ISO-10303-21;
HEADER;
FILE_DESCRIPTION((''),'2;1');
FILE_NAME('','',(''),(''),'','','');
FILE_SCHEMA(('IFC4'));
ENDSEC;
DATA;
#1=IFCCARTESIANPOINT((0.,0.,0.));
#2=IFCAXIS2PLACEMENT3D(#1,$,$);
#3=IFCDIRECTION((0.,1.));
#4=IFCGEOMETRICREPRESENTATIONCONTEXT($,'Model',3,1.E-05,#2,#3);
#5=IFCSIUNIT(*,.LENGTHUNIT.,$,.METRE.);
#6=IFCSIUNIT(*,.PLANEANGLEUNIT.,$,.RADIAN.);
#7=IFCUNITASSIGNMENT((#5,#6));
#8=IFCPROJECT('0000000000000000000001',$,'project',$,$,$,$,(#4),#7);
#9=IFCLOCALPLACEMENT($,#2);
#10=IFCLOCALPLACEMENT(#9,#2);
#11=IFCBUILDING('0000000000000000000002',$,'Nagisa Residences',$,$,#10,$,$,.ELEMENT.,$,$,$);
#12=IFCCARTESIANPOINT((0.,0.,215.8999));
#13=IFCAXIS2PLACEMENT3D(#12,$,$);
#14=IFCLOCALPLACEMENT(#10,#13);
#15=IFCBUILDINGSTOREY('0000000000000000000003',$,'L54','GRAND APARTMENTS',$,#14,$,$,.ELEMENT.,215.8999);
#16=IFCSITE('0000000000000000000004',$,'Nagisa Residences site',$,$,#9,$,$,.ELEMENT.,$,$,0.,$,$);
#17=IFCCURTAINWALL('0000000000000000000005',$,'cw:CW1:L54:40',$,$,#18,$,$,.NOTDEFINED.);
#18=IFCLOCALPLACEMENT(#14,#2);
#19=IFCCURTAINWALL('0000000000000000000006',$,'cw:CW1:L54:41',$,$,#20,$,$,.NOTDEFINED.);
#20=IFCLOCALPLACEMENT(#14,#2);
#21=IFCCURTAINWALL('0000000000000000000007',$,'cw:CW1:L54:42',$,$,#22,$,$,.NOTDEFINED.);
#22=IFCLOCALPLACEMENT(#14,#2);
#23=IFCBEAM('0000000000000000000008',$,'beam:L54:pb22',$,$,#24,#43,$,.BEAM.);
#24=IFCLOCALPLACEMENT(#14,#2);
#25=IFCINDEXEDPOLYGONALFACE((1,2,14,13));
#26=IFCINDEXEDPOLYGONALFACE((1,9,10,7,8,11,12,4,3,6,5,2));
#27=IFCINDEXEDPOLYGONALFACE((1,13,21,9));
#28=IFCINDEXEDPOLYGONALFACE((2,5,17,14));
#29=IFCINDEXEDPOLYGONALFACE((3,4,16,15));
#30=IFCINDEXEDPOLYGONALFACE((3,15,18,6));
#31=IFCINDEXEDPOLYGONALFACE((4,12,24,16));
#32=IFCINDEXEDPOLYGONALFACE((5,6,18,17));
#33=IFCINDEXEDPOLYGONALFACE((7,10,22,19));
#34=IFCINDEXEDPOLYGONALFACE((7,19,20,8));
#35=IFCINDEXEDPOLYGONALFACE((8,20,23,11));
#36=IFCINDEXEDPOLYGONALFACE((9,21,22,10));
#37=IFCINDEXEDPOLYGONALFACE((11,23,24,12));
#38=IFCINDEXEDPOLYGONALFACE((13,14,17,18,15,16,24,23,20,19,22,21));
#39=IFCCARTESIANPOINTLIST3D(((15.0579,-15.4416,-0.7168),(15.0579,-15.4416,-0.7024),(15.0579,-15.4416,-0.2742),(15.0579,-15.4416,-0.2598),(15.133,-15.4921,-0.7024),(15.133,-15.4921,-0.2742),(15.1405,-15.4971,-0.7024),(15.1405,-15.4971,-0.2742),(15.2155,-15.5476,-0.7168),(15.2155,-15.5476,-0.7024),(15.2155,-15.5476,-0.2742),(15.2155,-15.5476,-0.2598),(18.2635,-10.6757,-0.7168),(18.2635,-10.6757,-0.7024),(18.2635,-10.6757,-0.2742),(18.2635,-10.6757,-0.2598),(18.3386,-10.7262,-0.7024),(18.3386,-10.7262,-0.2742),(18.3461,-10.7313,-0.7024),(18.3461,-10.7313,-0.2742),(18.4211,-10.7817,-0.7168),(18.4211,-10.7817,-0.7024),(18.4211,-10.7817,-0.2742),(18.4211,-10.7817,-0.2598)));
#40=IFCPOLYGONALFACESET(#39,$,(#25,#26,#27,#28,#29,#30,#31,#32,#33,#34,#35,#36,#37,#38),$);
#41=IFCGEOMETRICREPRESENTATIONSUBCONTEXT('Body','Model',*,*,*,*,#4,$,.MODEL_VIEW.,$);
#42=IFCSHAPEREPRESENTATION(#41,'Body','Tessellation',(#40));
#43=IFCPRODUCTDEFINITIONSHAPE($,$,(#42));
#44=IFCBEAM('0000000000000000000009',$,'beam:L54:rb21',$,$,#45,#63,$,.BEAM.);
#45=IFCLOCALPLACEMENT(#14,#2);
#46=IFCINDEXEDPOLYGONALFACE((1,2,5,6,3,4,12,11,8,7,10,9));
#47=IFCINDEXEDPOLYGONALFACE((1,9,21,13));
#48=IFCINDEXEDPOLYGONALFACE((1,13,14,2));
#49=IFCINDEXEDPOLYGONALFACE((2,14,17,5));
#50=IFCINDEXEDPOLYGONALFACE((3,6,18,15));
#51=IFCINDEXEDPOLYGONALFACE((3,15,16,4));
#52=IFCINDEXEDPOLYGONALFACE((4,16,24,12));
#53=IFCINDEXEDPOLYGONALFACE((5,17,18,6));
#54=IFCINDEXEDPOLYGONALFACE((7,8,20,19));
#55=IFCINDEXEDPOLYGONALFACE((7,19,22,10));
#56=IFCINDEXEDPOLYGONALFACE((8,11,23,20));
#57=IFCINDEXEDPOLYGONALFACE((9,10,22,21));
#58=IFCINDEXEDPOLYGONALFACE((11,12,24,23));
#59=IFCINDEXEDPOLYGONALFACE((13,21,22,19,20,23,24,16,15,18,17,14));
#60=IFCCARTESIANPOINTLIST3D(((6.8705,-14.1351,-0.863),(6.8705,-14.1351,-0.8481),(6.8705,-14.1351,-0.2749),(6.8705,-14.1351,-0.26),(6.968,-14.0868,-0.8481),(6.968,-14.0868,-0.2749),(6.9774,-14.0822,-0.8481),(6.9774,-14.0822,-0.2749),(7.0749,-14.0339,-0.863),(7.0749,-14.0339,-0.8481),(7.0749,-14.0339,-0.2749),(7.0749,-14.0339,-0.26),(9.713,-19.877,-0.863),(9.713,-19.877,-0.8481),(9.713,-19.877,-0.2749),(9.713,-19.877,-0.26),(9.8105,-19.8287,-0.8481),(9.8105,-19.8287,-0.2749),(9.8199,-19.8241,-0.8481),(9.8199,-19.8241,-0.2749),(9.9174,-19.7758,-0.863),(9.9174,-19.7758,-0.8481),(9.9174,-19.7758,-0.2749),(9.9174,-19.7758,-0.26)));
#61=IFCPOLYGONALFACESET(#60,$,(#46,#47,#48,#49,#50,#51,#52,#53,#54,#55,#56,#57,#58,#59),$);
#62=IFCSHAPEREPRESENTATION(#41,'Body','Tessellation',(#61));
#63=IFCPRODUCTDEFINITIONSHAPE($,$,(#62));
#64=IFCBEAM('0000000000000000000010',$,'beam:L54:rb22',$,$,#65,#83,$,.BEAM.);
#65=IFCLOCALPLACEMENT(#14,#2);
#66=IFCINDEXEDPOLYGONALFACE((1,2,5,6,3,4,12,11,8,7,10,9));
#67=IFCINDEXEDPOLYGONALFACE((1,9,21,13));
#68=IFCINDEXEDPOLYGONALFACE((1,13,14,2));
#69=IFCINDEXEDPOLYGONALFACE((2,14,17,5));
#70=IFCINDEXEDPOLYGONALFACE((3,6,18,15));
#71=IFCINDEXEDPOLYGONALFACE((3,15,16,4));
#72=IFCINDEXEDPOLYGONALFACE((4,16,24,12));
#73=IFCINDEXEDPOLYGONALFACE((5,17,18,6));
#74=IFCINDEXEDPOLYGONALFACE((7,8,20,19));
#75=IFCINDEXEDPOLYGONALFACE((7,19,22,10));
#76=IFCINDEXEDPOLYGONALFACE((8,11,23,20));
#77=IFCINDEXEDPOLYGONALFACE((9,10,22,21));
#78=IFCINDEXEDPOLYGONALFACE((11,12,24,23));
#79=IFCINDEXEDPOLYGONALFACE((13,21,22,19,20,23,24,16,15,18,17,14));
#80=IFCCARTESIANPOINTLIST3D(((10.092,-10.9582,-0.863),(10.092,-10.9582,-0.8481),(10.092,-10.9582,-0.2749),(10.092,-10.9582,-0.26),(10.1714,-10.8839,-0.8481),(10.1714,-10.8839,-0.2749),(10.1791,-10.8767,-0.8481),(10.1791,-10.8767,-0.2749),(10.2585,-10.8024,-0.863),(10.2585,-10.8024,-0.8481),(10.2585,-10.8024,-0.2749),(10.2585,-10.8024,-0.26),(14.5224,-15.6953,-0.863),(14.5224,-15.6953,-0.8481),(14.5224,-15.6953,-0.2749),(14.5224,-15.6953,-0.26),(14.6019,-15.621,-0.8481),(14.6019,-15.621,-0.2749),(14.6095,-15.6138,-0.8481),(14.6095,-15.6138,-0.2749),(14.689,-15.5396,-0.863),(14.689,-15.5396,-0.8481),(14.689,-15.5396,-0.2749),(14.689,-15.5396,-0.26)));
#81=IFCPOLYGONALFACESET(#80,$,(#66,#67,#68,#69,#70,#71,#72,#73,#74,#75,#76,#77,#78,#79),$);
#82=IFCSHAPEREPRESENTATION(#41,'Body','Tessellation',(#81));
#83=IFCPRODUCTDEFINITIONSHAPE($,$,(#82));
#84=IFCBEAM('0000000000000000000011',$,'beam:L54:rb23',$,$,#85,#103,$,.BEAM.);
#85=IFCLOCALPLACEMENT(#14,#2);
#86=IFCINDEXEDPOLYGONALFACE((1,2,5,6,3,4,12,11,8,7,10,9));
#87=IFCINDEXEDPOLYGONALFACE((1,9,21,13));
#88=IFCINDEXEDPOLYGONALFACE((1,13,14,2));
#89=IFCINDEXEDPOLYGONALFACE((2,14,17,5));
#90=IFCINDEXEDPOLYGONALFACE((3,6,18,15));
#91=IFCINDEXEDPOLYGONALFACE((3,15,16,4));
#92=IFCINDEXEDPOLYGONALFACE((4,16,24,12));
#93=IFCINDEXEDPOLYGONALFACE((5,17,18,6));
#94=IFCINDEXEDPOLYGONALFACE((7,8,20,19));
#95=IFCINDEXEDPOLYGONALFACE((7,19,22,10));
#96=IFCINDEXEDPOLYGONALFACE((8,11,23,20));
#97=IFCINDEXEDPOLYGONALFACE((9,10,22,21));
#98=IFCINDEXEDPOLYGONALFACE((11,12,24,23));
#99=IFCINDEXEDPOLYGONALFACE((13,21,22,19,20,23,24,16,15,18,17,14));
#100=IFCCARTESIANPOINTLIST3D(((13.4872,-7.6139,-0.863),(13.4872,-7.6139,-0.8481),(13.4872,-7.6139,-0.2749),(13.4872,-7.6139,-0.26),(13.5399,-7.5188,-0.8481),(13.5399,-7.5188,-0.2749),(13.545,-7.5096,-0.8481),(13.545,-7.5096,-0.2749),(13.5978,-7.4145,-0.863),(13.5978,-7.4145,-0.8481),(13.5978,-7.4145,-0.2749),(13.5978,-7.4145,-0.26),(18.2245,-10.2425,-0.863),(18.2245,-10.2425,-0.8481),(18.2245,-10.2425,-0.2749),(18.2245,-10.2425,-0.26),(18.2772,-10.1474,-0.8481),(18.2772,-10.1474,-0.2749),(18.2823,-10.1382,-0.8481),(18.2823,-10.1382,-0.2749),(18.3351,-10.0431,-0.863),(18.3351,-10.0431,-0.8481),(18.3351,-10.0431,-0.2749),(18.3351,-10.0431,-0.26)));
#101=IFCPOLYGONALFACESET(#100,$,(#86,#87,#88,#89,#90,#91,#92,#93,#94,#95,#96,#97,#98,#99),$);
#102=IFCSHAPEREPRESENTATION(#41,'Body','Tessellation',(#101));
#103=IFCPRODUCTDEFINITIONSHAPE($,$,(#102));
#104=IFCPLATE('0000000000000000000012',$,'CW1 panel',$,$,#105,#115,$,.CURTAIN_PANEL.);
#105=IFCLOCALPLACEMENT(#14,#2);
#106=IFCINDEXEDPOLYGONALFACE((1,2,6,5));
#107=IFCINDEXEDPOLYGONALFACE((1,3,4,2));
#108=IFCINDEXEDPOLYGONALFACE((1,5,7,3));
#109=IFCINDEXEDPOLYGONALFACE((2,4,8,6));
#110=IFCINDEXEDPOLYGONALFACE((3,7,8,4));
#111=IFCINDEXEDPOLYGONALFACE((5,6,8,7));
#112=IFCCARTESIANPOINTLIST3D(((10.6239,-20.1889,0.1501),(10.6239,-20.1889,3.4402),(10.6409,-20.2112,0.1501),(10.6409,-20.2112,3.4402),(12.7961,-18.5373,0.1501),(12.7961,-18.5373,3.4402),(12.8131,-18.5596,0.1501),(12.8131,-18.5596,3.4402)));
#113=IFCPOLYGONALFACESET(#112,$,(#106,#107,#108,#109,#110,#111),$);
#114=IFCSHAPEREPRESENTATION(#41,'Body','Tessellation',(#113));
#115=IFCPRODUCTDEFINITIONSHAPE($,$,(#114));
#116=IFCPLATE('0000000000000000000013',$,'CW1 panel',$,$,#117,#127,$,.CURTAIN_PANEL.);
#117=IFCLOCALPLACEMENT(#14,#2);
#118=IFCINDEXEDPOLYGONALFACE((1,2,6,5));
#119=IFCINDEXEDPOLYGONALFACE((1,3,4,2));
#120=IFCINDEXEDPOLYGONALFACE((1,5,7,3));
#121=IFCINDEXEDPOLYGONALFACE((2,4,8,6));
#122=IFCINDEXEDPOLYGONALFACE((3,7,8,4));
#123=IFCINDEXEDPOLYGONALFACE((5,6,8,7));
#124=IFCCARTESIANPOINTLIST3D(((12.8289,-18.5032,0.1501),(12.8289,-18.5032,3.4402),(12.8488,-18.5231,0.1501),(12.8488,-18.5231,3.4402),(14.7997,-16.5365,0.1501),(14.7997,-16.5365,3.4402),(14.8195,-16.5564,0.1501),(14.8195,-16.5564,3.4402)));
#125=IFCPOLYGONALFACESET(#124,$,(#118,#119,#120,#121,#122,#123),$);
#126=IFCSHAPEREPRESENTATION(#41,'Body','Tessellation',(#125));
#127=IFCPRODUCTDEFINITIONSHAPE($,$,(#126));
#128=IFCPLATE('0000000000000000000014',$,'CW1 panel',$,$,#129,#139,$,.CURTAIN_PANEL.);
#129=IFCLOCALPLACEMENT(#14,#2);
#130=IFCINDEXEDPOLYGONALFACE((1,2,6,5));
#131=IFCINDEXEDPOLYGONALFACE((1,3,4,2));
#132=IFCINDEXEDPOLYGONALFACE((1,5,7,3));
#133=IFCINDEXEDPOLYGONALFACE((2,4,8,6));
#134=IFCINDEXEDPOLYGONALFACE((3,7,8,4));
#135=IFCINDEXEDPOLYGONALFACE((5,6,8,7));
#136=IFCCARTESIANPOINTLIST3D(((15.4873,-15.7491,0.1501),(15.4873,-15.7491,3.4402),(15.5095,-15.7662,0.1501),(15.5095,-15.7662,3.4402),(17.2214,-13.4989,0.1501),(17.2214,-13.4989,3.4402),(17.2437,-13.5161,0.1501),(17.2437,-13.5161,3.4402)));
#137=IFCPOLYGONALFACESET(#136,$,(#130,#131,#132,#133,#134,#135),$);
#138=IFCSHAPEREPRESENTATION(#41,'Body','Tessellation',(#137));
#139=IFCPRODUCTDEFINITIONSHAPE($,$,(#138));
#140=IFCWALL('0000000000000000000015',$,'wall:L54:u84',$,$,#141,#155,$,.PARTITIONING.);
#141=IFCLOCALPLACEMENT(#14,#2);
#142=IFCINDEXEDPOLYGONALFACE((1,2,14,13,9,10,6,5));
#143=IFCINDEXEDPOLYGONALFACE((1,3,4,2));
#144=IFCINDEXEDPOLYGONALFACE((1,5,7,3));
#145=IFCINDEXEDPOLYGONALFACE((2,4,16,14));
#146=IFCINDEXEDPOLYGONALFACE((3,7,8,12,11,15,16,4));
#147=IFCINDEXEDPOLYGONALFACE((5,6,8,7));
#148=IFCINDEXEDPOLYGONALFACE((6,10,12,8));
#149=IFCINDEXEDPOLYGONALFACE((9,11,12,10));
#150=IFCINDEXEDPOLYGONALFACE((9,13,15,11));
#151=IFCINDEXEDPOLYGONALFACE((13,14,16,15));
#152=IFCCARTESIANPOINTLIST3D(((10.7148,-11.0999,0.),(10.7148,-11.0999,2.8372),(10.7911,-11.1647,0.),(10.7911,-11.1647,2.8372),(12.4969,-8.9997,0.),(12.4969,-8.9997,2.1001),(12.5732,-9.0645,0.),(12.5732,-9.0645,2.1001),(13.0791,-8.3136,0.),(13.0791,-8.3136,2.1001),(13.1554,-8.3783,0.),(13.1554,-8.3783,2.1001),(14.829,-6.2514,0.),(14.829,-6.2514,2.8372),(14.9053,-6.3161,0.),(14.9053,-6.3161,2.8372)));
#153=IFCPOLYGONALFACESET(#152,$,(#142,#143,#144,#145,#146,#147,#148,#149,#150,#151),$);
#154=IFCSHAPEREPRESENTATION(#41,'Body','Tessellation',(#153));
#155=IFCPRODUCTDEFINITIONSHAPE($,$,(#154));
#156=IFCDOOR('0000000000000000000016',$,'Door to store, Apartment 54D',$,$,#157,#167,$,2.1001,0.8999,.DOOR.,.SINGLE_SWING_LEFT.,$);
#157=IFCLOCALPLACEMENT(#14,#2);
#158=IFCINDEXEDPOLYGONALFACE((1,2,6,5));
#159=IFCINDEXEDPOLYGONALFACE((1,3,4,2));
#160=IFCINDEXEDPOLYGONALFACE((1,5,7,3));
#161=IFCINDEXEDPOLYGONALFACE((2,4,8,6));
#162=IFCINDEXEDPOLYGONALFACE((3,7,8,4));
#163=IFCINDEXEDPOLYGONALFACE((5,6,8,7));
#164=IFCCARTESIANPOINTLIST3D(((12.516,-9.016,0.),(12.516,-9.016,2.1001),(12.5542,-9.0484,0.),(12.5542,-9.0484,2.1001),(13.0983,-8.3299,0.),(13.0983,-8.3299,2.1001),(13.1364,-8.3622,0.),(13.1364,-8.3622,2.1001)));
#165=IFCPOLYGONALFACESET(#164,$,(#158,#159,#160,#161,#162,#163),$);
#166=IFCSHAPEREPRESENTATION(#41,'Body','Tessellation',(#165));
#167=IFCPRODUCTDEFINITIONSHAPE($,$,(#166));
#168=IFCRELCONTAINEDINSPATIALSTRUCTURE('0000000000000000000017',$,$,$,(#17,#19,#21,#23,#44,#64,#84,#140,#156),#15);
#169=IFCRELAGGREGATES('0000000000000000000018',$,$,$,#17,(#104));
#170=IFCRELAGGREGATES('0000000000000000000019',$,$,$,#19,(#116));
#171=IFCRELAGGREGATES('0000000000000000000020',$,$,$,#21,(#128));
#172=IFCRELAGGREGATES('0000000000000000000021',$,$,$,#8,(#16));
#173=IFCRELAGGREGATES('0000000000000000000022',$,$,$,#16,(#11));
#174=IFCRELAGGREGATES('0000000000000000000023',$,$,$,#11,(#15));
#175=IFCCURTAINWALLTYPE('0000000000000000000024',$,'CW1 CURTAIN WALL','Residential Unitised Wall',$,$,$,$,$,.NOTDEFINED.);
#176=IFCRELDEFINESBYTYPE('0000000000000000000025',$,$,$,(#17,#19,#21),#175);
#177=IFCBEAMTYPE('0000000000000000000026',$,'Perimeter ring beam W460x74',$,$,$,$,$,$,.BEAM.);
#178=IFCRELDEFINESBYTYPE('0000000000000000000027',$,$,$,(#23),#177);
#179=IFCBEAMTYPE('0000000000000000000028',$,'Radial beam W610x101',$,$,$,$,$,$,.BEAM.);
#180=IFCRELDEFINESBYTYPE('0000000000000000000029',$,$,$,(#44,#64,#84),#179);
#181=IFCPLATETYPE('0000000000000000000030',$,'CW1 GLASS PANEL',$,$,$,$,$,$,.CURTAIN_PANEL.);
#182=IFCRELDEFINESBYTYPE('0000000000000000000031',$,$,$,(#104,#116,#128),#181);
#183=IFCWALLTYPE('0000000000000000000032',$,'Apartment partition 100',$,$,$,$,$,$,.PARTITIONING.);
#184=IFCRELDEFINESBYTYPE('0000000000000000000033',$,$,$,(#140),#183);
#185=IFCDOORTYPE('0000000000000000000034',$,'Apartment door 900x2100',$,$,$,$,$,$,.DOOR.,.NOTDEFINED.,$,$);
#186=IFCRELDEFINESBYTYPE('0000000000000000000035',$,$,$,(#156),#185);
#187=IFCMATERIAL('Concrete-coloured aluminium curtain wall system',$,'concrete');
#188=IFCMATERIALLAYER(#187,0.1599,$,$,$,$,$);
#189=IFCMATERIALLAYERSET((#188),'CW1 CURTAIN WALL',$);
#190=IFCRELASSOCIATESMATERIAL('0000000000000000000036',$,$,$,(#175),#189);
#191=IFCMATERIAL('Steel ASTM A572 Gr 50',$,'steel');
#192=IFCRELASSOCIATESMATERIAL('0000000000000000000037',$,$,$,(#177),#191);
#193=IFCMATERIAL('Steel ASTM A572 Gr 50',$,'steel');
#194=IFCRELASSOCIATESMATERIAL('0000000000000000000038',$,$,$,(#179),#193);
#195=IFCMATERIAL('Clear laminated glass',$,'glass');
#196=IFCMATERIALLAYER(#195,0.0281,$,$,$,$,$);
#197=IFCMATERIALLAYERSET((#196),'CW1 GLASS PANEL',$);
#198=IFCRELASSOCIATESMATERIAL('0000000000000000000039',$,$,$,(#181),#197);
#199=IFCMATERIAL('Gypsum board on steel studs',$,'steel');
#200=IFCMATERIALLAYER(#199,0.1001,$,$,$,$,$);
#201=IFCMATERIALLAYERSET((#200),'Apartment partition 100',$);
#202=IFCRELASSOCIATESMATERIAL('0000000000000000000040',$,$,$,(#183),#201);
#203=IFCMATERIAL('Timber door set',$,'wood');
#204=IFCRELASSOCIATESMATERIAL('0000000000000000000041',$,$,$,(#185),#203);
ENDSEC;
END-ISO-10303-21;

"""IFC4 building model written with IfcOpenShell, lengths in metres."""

from ifc_helpers import new_model, si_unit, direction, frame, frame_2d, origin, origin_2d, place, context, subcontext, project, spatial, rectangle, i_section, extrude, material, layer, layer_set, material_profile, profile_set, type_object, element, fill, aggregate, save


model = new_model("IFC4")

# Units and contexts
model_context = context("Model", 3, precision=1e-05, world=origin(), true_north=direction((0.0, 1.0)))
body_context = subcontext(model_context, "Body", "Model", "MODEL_VIEW")
ifc_project = project(units=[si_unit("LENGTHUNIT", "METRE"), si_unit("PLANEANGLEUNIT", "RADIAN")], contexts=[model_context])

# Site, building, storey
site_placement = place(None, origin())
site = spatial("IfcSite", under=ifc_project, at=site_placement, Name="Nagisa Residences site", CompositionType="ELEMENT", RefElevation=0.0)
building_placement = place(site_placement, origin())
building = spatial("IfcBuilding", under=site, at=building_placement, Name="Nagisa Residences", CompositionType="ELEMENT")
storey_placement = place(building_placement, frame((0.0, 0.0, 215.8999)))
storey = spatial("IfcBuildingStorey", under=building, at=storey_placement, Name="L54", Description="GRAND APARTMENTS", CompositionType="ELEMENT", Elevation=215.8999)

# Curtain walls
ifc_material_1 = material(Name="Concrete-coloured aluminium curtain wall system", Category="concrete")
ifc_layer_1 = layer(ifc_material_1, 0.1599)
ifc_layer_set_1 = layer_set([ifc_layer_1], Name="CW1 CURTAIN WALL")
curtain_wall_type = type_object("IfcCurtainWallType", Name="CW1 CURTAIN WALL", Description="Residential Unitised Wall", PredefinedType="NOTDEFINED", material=ifc_layer_set_1)
curtain_wall_1_placement = place(storey_placement, origin())
curtain_wall_1 = element("IfcCurtainWall", 1, at=curtain_wall_1_placement, inside=storey, type_object=curtain_wall_type, Name="cw:CW1:L54:40", PredefinedType="NOTDEFINED")
curtain_wall_2_placement = place(storey_placement, origin())
curtain_wall_2 = element("IfcCurtainWall", 2, at=curtain_wall_2_placement, inside=storey, type_object=curtain_wall_type, Name="cw:CW1:L54:41", PredefinedType="NOTDEFINED")
curtain_wall_3_placement = place(storey_placement, origin())
curtain_wall_3 = element("IfcCurtainWall", 3, at=curtain_wall_3_placement, inside=storey, type_object=curtain_wall_type, Name="cw:CW1:L54:42", PredefinedType="NOTDEFINED")

# Beams
ifc_material_2 = material(Name="Steel ASTM A572 Gr 50", Category="steel")
ifc_material_profile_1 = material_profile(ifc_material_2, i_section(OverallWidth=0.1899, OverallDepth=0.457, WebThickness=0.009, FlangeThickness=0.0144, at=origin_2d()), Name="W460x74")
ifc_profile_set_1 = profile_set([ifc_material_profile_1], Name="Steel ASTM A572 Gr 50")
beam_type_1 = type_object("IfcBeamType", Name="Perimeter ring beam W460x74", PredefinedType="BEAM", material=ifc_profile_set_1)
beam_1_placement = place(storey_placement, frame((15.1367, -15.4946, -0.4883), z_axis=(0.558109, 0.829768, 0.0), x_axis=(-0.829768, 0.558109, 0.0)))
element("IfcBeam", 4, at=beam_1_placement, inside=storey, type_object=beam_type_1, Name="beam:L54:pb22", PredefinedType="BEAM", context=body_context, shape_type="SweptSolid", body=[
    extrude(i_section(OverallWidth=0.1899, OverallDepth=0.457, WebThickness=0.009, FlangeThickness=0.0144, at=origin_2d()), origin(), (0.0, 0.0, 1.0), 5.7437),
])
ifc_material_3 = material(Name="Steel ASTM A572 Gr 50", Category="steel")
ifc_material_profile_2 = material_profile(ifc_material_3, i_section(OverallWidth=0.228, OverallDepth=0.603, WebThickness=0.0105, FlangeThickness=0.0149, at=origin_2d()), Name="W610x101")
ifc_profile_set_2 = profile_set([ifc_material_profile_2], Name="Steel ASTM A572 Gr 50")
beam_type_2 = type_object("IfcBeamType", Name="Radial beam W610x101", PredefinedType="BEAM", material=ifc_profile_set_2)
beam_2_placement = place(storey_placement, frame((9.8152, -19.8264, -0.5615), z_axis=(-0.443659, 0.896196, 0.0), x_axis=(-0.896196, -0.443659, 0.0)))
element("IfcBeam", 5, at=beam_2_placement, inside=storey, type_object=beam_type_2, Name="beam:L54:rb21", PredefinedType="BEAM", context=body_context, shape_type="SweptSolid", body=[
    extrude(i_section(OverallWidth=0.228, OverallDepth=0.603, WebThickness=0.0105, FlangeThickness=0.0149, at=origin_2d()), origin(), (0.0, 0.0, 1.0), 6.407),
])
beam_3_placement = place(storey_placement, frame((14.6057, -15.6174, -0.5615), z_axis=(-0.683073, 0.73035, 0.0), x_axis=(-0.73035, -0.683073, 0.0)))
element("IfcBeam", 6, at=beam_3_placement, inside=storey, type_object=beam_type_2, Name="beam:L54:rb22", PredefinedType="BEAM", context=body_context, shape_type="SweptSolid", body=[
    extrude(i_section(OverallWidth=0.228, OverallDepth=0.603, WebThickness=0.0105, FlangeThickness=0.0149, at=origin_2d()), origin(), (0.0, 0.0, 1.0), 6.4861),
])
beam_4_placement = place(storey_placement, frame((18.2798, -10.1428, -0.5615), z_axis=(-0.874406, 0.485195, 0.0), x_axis=(-0.485195, -0.874406, 0.0)))
element("IfcBeam", 7, at=beam_4_placement, inside=storey, type_object=beam_type_2, Name="beam:L54:rb23", PredefinedType="BEAM", context=body_context, shape_type="SweptSolid", body=[
    extrude(i_section(OverallWidth=0.228, OverallDepth=0.603, WebThickness=0.0105, FlangeThickness=0.0149, at=origin_2d()), origin(), (0.0, 0.0, 1.0), 5.4177),
])

# Plates
ifc_material_4 = material(Name="Clear laminated glass", Category="glass")
ifc_layer_2 = layer(ifc_material_4, 0.0281)
ifc_layer_set_2 = layer_set([ifc_layer_2], Name="CW1 GLASS PANEL")
plate_type = type_object("IfcPlateType", Name="CW1 GLASS PANEL", PredefinedType="CURTAIN_PANEL", material=ifc_layer_set_2)
plate_1_placement = place(storey_placement, frame((11.7185, -19.3743, 0.1501), z_axis=(0.0, 0.0, 1.0), x_axis=(0.796031, 0.605255, 0.0)))
plate_1 = element("IfcPlate", 8, at=plate_1_placement, type_object=plate_type, Name="CW1 panel", PredefinedType="CURTAIN_PANEL", context=body_context, shape_type="SweptSolid", body=[
    extrude(rectangle(XDim=2.7288, YDim=0.0281, at=origin_2d()), origin(), (0.0, 0.0, 1.0), 3.29),
])
aggregate(curtain_wall_1, [plate_1])
plate_2_placement = place(storey_placement, frame((13.8242, -17.5298, 0.1501), z_axis=(0.0, 0.0, 1.0), x_axis=(0.707836, 0.706377, 0.0)))
plate_2 = element("IfcPlate", 9, at=plate_2_placement, type_object=plate_type, Name="CW1 panel", PredefinedType="CURTAIN_PANEL", context=body_context, shape_type="SweptSolid", body=[
    extrude(rectangle(XDim=2.7842, YDim=0.0281, at=origin_2d()), origin(), (0.0, 0.0, 1.0), 3.29),
])
aggregate(curtain_wall_2, [plate_2])
plate_3_placement = place(storey_placement, frame((16.3655, -14.6326, 0.1501), z_axis=(0.0, 0.0, 1.0), x_axis=(0.61043, 0.79207, 0.0)))
plate_3 = element("IfcPlate", 10, at=plate_3_placement, type_object=plate_type, Name="CW1 panel", PredefinedType="CURTAIN_PANEL", context=body_context, shape_type="SweptSolid", body=[
    extrude(rectangle(XDim=2.8408, YDim=0.0281, at=origin_2d()), origin(), (0.0, 0.0, 1.0), 3.29),
])
aggregate(curtain_wall_3, [plate_3])

# Wall, opening, door
ifc_material_5 = material(Name="Gypsum board on steel studs", Category="steel")
ifc_layer_3 = layer(ifc_material_5, 0.1001)
ifc_layer_set_3 = layer_set([ifc_layer_3], Name="Apartment partition 100")
wall_type_1 = type_object("IfcWallType", Name="Apartment partition 100", PredefinedType="PARTITIONING", material=ifc_layer_set_3)
wall_1_placement = place(storey_placement, frame((10.7529, -11.1323, 0.0), z_axis=(0.0, 0.0, 1.0), x_axis=(0.647002, 0.762488, 0.0)))
wall_1 = element("IfcWall", 11, at=wall_1_placement, inside=storey, type_object=wall_type_1, Name="wall:L54:u84", PredefinedType="PARTITIONING", context=body_context, shape_type="SweptSolid", body=[
    extrude(rectangle(XDim=6.3589, YDim=0.1001, at=frame_2d((3.1794, 0.0))), origin(), (0.0, 0.0, 1.0), 2.8372),
])
opening_1_placement = place(wall_1_placement, frame((2.7544, 0.0, 0.0)))
opening_1 = element("IfcOpeningElement", 12, at=opening_1_placement, cuts=wall_1, PredefinedType="OPENING", context=body_context, shape_type="SweptSolid", body=[
    extrude(rectangle(XDim=0.8999, YDim=2.1001, at=frame_2d((0.45, 1.05))), frame((0.0, 0.0601, 0.0), z_axis=(0.0, -1.0, 0.0), x_axis=(1.0, 0.0, 0.0)), (0.0, 0.0, 1.0), 0.1201),
])
ifc_material_6 = material(Name="Timber door set", Category="wood")
door_type_1 = type_object("IfcDoorType", Name="Apartment door 900x2100", OperationType="NOTDEFINED", PredefinedType="DOOR", material=ifc_material_6)
door_1_placement = place(opening_1_placement, origin())
door_1 = element("IfcDoor", 13, at=door_1_placement, inside=storey, type_object=door_type_1, Name="Door to store, Apartment 54D", OperationType="SINGLE_SWING_LEFT", OverallHeight=2.1001, OverallWidth=0.8999, PredefinedType="DOOR", context=body_context, shape_type="SweptSolid", body=[
    extrude(rectangle(XDim=0.8999, YDim=2.1001, at=frame_2d((0.45, 1.05))), frame((0.0, 0.0249, 0.0), z_axis=(0.0, -1.0, 0.0), x_axis=(1.0, 0.0, 0.0)), (0.0, 0.0, 1.0), 0.05),
])
fill(opening_1, door_1)

save(model, "model.ifc")
